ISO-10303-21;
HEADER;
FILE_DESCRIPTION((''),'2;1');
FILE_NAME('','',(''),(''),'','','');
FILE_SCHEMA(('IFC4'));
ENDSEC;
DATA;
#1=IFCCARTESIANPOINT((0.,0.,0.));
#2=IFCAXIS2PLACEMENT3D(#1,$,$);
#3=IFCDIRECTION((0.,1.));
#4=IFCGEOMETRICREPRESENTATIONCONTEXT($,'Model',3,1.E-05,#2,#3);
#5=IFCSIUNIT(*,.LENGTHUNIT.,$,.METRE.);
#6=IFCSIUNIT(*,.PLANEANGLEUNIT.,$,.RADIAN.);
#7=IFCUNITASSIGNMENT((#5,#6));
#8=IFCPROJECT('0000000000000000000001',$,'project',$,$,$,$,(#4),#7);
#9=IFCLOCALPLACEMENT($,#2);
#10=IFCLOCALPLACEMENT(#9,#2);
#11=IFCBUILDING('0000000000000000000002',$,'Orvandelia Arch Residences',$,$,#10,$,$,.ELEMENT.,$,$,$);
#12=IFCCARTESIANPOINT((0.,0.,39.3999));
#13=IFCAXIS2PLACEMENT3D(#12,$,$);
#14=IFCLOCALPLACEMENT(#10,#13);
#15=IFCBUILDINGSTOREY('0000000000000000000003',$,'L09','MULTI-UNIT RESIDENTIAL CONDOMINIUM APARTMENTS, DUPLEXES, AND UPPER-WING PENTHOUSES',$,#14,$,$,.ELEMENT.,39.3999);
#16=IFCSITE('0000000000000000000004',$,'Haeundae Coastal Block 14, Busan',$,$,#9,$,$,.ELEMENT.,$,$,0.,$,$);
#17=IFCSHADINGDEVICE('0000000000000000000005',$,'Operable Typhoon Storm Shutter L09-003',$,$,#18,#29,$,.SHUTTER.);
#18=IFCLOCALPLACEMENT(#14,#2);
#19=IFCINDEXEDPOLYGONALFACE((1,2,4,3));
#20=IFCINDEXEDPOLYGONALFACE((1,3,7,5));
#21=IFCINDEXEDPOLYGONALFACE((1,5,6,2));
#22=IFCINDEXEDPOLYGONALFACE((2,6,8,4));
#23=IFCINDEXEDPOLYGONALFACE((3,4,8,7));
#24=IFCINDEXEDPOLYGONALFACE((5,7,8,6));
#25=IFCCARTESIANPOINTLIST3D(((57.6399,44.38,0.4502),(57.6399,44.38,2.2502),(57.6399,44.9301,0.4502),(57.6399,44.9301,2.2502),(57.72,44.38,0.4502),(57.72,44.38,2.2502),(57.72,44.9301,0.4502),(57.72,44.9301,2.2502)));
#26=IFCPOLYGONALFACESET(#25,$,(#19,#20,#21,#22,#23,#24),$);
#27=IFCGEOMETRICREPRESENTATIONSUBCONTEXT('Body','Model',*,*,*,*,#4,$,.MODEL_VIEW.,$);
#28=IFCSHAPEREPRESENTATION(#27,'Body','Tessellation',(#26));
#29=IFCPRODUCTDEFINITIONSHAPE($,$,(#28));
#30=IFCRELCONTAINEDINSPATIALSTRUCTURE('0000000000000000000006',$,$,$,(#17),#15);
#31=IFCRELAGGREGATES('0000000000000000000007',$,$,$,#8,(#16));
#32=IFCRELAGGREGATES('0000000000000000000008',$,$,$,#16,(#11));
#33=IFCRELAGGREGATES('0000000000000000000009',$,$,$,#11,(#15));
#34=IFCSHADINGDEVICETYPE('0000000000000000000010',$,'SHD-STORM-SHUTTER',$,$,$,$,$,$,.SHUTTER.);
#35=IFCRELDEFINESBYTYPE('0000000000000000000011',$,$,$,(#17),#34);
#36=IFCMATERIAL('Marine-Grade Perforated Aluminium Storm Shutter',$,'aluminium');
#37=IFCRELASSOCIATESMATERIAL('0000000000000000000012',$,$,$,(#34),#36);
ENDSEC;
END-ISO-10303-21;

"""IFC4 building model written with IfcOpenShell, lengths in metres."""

from ifc_helpers import new_model, si_unit, direction, frame, origin, origin_2d, place, context, subcontext, project, spatial, rectangle, extrude, material, type_object, element, save


model = new_model("IFC4")

# Units and contexts
model_context = context("Model", 3, precision=1e-05, world=origin(), true_north=direction((0.0, 1.0)))
body_context = subcontext(model_context, "Body", "Model", "MODEL_VIEW")
ifc_project = project(units=[si_unit("LENGTHUNIT", "METRE"), si_unit("PLANEANGLEUNIT", "RADIAN")], contexts=[model_context])

# Site, building, storey
site_placement = place(None, origin())
site = spatial("IfcSite", under=ifc_project, at=site_placement, Name="Haeundae Coastal Block 14, Busan", CompositionType="ELEMENT", RefElevation=0.0)
building_placement = place(site_placement, origin())
building = spatial("IfcBuilding", under=site, at=building_placement, Name="Orvandelia Arch Residences", CompositionType="ELEMENT")
storey_placement = place(building_placement, frame((0.0, 0.0, 39.3999)))
storey = spatial("IfcBuildingStorey", under=building, at=storey_placement, Name="L09", Description="MULTI-UNIT RESIDENTIAL CONDOMINIUM APARTMENTS, DUPLEXES, AND UPPER-WING PENTHOUSES", CompositionType="ELEMENT", Elevation=39.3999)

# Shading device
ifc_material_1 = material(Name="Marine-Grade Perforated Aluminium Storm Shutter", Category="aluminium")
shading_device_type_1 = type_object("IfcShadingDeviceType", Name="SHD-STORM-SHUTTER", PredefinedType="SHUTTER", material=ifc_material_1)
shading_device_1_placement = place(storey_placement, frame((57.6799, 44.655, 0.4502), z_axis=(0.0, 0.0, 1.0), x_axis=(0.0, -1.0, 0.0)))
element("IfcShadingDevice", 1, at=shading_device_1_placement, inside=storey, type_object=shading_device_type_1, Name="Operable Typhoon Storm Shutter L09-003", PredefinedType="SHUTTER", context=body_context, shape_type="SweptSolid", body=[
    extrude(rectangle(XDim=0.55, YDim=0.0801, at=origin_2d()), origin(), (0.0, 0.0, 1.0), 1.8),
])

save(model, "model.ifc")
